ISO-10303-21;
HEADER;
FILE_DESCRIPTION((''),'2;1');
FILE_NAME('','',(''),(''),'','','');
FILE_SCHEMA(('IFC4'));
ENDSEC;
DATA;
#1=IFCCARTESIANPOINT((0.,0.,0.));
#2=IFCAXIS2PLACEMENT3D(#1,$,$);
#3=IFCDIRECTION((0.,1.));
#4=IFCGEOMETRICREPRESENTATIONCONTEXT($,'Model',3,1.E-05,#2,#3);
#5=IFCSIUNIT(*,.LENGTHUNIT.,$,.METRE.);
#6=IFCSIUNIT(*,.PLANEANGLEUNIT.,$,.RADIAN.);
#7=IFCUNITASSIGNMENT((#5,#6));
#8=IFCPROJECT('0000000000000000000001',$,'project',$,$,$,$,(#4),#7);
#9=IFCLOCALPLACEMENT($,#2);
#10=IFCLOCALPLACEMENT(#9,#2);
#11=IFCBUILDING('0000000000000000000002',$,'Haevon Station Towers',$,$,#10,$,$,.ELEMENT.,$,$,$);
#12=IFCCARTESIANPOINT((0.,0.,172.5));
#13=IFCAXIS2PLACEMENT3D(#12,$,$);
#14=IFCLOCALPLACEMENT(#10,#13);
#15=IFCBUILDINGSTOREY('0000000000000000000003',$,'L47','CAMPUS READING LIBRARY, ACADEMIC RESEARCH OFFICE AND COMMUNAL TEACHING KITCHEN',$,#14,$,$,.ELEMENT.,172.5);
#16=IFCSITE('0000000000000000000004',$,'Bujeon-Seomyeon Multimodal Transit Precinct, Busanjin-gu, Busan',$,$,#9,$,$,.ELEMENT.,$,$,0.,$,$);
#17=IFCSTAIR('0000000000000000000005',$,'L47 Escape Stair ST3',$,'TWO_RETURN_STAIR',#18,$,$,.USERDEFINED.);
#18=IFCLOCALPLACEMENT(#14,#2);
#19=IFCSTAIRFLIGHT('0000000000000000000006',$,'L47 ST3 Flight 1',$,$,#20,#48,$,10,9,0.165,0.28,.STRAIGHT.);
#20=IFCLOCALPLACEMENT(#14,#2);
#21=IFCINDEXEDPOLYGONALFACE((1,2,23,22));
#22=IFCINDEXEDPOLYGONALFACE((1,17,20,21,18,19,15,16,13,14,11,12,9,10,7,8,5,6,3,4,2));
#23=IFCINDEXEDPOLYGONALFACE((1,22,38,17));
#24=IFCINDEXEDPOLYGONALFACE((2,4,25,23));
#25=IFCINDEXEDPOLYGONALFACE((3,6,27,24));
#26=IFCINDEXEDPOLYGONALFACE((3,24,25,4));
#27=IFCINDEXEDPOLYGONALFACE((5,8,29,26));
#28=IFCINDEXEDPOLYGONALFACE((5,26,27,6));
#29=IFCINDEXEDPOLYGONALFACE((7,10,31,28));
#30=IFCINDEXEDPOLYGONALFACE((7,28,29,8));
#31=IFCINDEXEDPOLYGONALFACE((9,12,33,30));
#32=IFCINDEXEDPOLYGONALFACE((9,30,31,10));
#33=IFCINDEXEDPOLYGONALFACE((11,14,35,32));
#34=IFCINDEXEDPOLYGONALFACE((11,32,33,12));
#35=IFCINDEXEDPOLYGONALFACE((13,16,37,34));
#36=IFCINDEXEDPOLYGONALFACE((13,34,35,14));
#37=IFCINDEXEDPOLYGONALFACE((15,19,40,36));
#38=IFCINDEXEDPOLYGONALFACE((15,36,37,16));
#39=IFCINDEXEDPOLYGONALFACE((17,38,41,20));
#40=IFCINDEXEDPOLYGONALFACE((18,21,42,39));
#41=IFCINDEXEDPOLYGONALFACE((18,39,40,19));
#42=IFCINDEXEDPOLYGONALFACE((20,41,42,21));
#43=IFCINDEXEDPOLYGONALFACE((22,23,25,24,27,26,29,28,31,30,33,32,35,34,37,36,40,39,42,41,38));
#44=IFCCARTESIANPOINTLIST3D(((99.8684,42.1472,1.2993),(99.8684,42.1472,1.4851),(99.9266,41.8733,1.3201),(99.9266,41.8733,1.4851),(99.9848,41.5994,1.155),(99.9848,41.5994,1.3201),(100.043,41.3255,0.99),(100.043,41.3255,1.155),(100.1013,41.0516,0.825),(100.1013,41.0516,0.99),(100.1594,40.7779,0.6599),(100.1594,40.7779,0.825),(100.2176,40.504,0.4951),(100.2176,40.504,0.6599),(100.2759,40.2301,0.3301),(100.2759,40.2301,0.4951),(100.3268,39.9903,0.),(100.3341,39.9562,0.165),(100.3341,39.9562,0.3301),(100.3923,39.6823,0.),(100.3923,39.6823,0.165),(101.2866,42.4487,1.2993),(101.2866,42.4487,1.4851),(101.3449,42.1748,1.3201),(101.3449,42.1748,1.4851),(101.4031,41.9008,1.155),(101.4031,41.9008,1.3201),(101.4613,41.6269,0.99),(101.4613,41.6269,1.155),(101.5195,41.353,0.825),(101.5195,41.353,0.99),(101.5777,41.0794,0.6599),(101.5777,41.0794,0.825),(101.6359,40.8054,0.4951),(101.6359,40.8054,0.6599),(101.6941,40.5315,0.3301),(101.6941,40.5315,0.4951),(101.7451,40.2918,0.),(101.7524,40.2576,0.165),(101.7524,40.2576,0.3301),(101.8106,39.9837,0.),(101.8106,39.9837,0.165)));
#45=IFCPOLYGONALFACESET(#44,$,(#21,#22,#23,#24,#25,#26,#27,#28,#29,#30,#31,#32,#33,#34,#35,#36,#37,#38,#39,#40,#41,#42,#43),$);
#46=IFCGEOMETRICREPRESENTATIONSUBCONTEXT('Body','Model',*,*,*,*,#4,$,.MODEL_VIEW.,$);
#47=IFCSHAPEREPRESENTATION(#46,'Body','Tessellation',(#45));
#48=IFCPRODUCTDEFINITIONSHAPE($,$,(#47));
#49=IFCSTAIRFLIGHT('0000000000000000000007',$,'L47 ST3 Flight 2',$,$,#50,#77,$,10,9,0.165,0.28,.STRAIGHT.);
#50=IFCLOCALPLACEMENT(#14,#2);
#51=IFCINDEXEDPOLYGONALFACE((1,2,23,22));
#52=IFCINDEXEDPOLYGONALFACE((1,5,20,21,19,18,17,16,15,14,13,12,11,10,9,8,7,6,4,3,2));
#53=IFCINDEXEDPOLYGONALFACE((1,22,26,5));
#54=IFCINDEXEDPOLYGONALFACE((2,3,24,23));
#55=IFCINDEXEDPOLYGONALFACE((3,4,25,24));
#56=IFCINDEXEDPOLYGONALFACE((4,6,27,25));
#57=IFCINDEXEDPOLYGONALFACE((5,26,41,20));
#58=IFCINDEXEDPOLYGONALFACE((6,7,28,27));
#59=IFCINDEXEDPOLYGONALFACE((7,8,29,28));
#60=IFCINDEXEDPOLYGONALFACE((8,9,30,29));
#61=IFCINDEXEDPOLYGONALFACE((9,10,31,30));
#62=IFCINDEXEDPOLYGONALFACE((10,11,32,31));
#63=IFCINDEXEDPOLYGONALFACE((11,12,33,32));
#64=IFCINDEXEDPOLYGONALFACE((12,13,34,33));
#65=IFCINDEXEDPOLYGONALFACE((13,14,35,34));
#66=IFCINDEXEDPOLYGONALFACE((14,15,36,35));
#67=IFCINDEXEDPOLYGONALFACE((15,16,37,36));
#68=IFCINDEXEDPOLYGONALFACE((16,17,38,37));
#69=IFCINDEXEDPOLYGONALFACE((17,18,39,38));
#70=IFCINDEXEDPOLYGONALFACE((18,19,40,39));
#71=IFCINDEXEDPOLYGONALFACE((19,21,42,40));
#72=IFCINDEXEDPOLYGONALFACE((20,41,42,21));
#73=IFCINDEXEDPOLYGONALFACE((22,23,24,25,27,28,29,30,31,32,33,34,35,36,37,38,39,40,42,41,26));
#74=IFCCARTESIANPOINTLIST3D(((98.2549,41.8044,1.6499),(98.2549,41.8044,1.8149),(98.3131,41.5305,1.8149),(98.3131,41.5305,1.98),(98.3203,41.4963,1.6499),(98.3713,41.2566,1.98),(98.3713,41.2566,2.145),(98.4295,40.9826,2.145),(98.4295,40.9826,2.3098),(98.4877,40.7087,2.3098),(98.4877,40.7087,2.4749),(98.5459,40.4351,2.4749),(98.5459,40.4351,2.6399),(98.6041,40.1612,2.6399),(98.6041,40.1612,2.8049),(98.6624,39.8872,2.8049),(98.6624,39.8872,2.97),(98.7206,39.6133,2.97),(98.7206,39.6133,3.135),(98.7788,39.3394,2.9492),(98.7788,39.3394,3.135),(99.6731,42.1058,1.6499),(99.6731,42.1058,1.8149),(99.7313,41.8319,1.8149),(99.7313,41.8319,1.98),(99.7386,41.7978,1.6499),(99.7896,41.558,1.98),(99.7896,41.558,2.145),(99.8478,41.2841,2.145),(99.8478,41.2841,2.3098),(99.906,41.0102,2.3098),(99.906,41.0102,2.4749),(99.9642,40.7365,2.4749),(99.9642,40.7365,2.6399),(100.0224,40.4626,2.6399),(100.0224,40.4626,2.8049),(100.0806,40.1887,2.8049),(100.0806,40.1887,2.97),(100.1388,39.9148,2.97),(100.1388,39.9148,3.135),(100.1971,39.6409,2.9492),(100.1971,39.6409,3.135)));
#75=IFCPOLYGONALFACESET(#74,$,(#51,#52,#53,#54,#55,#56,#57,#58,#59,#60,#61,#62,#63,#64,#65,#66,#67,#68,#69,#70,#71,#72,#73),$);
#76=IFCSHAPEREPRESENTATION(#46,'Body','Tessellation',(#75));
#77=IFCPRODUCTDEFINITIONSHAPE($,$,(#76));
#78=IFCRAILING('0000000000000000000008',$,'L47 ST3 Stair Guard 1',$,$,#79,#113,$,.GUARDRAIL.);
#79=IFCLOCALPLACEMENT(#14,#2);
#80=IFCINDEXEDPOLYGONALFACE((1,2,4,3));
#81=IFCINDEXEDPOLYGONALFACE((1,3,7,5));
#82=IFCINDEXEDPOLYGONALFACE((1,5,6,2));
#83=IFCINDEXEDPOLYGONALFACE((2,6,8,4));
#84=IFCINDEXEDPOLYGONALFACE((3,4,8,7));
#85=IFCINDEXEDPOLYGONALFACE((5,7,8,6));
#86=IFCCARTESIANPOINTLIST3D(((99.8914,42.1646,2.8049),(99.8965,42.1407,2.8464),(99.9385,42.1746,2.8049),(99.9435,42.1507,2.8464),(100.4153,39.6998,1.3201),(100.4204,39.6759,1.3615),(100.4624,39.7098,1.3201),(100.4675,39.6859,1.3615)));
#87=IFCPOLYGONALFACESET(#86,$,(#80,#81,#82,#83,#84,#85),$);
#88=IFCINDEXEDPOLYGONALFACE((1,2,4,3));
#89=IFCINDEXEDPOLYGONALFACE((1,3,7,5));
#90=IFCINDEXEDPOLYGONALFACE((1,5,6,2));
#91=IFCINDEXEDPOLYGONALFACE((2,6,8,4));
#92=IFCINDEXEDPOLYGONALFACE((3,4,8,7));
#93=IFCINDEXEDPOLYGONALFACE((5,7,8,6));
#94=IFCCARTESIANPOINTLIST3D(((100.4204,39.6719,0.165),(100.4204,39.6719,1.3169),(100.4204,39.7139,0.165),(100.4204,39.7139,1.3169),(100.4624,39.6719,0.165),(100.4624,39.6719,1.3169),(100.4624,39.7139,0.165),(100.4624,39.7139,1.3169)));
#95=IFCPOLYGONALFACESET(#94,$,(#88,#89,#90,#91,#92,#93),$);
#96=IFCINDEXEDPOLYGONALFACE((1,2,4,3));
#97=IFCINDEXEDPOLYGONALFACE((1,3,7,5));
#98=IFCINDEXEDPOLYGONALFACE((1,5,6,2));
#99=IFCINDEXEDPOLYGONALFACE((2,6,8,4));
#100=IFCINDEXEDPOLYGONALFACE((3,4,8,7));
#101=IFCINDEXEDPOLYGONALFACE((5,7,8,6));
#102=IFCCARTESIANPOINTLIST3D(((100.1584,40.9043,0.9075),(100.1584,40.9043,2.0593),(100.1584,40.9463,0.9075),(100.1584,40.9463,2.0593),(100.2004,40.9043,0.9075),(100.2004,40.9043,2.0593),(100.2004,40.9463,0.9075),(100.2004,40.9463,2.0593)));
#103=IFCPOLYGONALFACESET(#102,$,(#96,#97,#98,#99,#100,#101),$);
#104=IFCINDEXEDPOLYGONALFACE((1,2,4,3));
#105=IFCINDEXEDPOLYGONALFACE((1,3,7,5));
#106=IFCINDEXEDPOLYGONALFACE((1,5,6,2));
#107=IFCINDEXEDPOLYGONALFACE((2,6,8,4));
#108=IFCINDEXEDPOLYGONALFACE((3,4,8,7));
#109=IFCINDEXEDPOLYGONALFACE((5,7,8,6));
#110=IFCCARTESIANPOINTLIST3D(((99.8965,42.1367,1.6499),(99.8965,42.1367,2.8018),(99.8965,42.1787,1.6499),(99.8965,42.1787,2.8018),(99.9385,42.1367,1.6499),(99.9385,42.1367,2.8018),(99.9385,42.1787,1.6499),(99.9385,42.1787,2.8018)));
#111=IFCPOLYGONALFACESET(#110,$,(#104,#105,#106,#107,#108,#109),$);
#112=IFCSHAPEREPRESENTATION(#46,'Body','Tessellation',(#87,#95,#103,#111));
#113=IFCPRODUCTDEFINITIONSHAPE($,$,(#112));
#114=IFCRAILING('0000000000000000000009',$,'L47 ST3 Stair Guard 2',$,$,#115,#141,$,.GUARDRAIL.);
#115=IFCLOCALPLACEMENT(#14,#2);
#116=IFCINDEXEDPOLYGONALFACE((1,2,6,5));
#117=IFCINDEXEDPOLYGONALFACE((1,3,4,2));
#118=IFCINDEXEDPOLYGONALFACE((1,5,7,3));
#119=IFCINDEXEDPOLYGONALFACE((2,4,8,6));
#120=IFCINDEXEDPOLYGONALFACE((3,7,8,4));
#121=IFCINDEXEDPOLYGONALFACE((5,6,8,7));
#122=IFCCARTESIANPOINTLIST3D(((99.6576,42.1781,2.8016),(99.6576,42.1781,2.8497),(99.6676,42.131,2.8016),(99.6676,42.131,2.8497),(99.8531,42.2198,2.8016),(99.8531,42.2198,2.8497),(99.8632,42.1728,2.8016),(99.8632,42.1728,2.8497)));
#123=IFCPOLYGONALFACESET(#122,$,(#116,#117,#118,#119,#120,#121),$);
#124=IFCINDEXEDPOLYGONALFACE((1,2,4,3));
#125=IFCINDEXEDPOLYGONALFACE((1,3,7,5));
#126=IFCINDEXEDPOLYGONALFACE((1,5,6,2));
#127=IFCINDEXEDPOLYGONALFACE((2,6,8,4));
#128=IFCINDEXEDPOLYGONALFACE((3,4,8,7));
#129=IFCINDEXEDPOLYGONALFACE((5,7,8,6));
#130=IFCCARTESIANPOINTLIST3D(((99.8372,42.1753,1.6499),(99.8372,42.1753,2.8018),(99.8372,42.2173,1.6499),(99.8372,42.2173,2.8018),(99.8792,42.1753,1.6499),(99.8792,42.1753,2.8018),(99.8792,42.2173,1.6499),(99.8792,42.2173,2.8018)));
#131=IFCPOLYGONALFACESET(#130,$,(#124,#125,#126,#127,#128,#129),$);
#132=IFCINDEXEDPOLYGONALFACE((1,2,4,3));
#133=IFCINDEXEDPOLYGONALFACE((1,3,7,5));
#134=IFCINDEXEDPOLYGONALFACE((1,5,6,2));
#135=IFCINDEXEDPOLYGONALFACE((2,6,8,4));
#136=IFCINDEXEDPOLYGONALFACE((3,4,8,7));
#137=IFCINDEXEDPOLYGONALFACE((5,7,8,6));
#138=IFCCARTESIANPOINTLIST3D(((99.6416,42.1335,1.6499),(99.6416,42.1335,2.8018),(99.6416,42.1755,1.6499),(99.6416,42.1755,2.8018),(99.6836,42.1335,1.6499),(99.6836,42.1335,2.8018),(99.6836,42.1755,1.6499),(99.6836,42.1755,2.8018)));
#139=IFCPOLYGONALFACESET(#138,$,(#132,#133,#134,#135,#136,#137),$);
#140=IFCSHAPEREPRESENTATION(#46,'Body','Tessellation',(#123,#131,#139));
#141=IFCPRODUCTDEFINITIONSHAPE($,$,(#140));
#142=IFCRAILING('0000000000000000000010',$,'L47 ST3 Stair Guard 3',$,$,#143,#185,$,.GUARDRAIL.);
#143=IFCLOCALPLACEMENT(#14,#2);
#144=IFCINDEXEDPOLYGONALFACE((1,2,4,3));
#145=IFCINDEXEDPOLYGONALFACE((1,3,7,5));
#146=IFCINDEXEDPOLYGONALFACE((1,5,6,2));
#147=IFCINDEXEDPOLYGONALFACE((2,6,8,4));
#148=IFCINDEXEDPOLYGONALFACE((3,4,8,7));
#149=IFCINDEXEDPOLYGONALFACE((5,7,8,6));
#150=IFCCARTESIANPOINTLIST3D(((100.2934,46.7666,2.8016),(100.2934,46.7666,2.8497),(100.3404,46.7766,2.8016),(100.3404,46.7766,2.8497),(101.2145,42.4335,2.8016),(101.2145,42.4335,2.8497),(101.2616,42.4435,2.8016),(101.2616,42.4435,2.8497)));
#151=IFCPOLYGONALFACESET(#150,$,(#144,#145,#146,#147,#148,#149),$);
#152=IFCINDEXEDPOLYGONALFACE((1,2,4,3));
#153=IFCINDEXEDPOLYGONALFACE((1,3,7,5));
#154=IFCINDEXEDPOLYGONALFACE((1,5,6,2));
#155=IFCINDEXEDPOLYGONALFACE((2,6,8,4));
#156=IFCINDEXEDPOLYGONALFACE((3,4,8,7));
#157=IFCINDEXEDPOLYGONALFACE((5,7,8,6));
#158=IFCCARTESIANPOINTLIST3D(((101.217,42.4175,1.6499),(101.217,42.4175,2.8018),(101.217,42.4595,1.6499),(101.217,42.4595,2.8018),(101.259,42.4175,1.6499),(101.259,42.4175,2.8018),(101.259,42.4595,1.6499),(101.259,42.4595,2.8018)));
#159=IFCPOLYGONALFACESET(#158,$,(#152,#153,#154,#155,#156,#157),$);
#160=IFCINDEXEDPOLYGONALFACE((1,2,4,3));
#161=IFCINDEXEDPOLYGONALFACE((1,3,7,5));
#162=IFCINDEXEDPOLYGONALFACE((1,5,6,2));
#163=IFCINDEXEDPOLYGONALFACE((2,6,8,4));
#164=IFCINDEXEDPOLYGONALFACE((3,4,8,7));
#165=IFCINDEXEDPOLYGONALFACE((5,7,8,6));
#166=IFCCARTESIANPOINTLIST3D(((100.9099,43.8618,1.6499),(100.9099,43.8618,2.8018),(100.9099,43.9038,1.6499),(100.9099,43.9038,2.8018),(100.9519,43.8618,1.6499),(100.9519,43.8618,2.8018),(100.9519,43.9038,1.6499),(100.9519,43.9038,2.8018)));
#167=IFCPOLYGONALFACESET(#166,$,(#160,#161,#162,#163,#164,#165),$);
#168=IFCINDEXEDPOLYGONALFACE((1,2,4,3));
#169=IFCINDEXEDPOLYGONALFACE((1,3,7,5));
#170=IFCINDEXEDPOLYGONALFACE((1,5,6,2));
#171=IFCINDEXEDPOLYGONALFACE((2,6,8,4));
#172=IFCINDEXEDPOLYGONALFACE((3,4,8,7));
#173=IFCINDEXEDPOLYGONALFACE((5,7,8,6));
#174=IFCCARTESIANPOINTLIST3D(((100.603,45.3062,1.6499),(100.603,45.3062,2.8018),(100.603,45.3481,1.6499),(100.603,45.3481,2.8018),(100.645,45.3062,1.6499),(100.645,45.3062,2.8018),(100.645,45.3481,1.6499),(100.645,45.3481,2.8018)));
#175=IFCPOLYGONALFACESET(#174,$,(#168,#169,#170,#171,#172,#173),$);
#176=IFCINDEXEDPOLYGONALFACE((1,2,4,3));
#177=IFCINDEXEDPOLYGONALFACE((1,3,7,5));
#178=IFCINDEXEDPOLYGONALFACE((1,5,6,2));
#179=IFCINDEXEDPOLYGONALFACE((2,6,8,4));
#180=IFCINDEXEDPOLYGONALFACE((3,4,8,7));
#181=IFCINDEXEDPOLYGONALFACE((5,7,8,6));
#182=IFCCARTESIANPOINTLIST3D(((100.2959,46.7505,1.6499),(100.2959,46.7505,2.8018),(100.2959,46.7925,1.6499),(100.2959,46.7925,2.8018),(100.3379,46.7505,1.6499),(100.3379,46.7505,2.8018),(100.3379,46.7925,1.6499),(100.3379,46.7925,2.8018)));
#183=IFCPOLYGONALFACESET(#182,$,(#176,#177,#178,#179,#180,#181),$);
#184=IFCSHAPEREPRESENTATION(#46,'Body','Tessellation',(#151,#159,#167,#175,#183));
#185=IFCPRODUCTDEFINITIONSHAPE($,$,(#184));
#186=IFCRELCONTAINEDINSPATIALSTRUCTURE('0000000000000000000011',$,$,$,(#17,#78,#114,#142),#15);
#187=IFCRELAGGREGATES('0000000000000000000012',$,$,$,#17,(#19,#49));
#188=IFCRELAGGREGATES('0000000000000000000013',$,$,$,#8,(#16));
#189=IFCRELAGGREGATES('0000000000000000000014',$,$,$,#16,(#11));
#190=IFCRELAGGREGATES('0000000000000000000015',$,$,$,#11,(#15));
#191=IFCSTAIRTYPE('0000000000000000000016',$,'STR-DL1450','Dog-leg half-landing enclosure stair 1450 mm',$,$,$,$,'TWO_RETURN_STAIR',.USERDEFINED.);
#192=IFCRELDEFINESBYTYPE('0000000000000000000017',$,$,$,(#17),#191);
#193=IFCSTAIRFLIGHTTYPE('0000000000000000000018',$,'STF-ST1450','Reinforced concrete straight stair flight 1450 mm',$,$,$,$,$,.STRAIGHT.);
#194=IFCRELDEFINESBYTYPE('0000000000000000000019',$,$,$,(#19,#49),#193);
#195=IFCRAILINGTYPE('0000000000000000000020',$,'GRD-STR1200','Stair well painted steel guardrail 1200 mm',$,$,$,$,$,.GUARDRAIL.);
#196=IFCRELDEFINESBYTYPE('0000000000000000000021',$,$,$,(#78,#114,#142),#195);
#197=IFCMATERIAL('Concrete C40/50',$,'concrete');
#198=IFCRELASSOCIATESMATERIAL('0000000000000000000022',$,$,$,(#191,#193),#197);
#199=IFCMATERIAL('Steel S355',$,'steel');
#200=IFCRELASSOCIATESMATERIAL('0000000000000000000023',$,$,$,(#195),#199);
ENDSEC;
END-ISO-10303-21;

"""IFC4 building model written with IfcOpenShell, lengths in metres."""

from ifc_helpers import new_model, si_unit, direction, frame, origin, origin_2d, place, context, subcontext, project, spatial, polyline, rectangle, outline, extrude, material, type_object, element, aggregate, save


model = new_model("IFC4")

# Units and contexts
model_context = context("Model", 3, precision=1e-05, world=origin(), true_north=direction((0.0, 1.0)))
body_context = subcontext(model_context, "Body", "Model", "MODEL_VIEW")
ifc_project = project(units=[si_unit("LENGTHUNIT", "METRE"), si_unit("PLANEANGLEUNIT", "RADIAN")], contexts=[model_context])

# Site, building, storey
site_placement = place(None, origin())
site = spatial("IfcSite", under=ifc_project, at=site_placement, Name="Bujeon-Seomyeon Multimodal Transit Precinct, Busanjin-gu, Busan", CompositionType="ELEMENT", RefElevation=0.0)
building_placement = place(site_placement, origin())
building = spatial("IfcBuilding", under=site, at=building_placement, Name="Haevon Station Towers", CompositionType="ELEMENT")
storey_placement = place(building_placement, frame((0.0, 0.0, 172.5)))
storey = spatial("IfcBuildingStorey", under=building, at=storey_placement, Name="L47", Description="CAMPUS READING LIBRARY, ACADEMIC RESEARCH OFFICE AND COMMUNAL TEACHING KITCHEN", CompositionType="ELEMENT", Elevation=172.5)

# Shared definitions
ifc_material_1 = material(Name="Steel S355", Category="steel")

# Shared definitions
ifc_material_2 = material(Name="Concrete C40/50", Category="concrete")

# Stair, stair flights
stair_type = type_object("IfcStairType", Name="STR-DL1450", Description="Dog-leg half-landing enclosure stair 1450 mm", ElementType="TWO_RETURN_STAIR", PredefinedType="USERDEFINED", material=ifc_material_2)
stair_placement = place(storey_placement, origin())
stair = element("IfcStair", 1, at=stair_placement, inside=storey, type_object=stair_type, Name="L47 Escape Stair ST3", ObjectType="TWO_RETURN_STAIR", PredefinedType="USERDEFINED")
stair_flight_type = type_object("IfcStairFlightType", Name="STF-ST1450", Description="Reinforced concrete straight stair flight 1450 mm", PredefinedType="STRAIGHT", material=ifc_material_2)
stair_flight_1_placement = place(storey_placement, frame((101.1016, 39.833, 0.0), z_axis=(0.0, 0.0, 1.0), x_axis=(-0.207912, 0.978148, 0.0)))
stair_flight_1 = element("IfcStairFlight", 2, at=stair_flight_1_placement, type_object=stair_flight_type, Name="L47 ST3 Flight 1", NumberOfRisers=10, NumberOfTreads=9, PredefinedType="STRAIGHT", RiserHeight=0.165, TreadLength=0.28, context=body_context, shape_type="SweptSolid", body=[
    extrude(outline(polyline([(0.0, 0.0), (0.0, 0.165), (0.28, 0.165), (0.28, 0.3301), (0.5601, 0.3301), (0.5601, 0.4951), (0.8401, 0.4951), (0.8401, 0.6599), (1.1201, 0.6599), (1.1201, 0.825), (1.3999, 0.825), (1.3999, 0.99), (1.6799, 0.99), (1.6799, 1.155), (1.96, 1.155), (1.96, 1.3201), (2.24, 1.3201), (2.24, 1.4851), (2.52, 1.4851), (2.52, 1.6499), (2.52, 1.2993), (0.3149, 0.0), (0.0, 0.0)])), frame((0.0, 0.7251, 0.0), z_axis=(0.0, -1.0, 0.0), x_axis=(1.0, 0.0, 0.0)), (0.0, 0.0, 1.0), 1.45),
])
stair_flight_2_placement = place(storey_placement, frame((98.9639, 41.9551, 1.6499), z_axis=(0.0, 0.0, 1.0), x_axis=(0.207912, -0.978148, 0.0)))
stair_flight_2 = element("IfcStairFlight", 3, at=stair_flight_2_placement, type_object=stair_flight_type, Name="L47 ST3 Flight 2", NumberOfRisers=10, NumberOfTreads=9, PredefinedType="STRAIGHT", RiserHeight=0.165, TreadLength=0.28, context=body_context, shape_type="SweptSolid", body=[
    extrude(outline(polyline([(0.0, 0.0), (0.0, 0.165), (0.28, 0.165), (0.28, 0.3301), (0.5601, 0.3301), (0.5601, 0.4951), (0.8401, 0.4951), (0.8401, 0.6599), (1.1201, 0.6599), (1.1201, 0.825), (1.3999, 0.825), (1.3999, 0.99), (1.6799, 0.99), (1.6799, 1.155), (1.96, 1.155), (1.96, 1.3201), (2.24, 1.3201), (2.24, 1.4851), (2.52, 1.4851), (2.52, 1.6499), (2.52, 1.2993), (0.3149, 0.0), (0.0, 0.0)])), frame((0.0, 0.7251, 0.0), z_axis=(0.0, -1.0, 0.0), x_axis=(1.0, 0.0, 0.0)), (0.0, 0.0, 1.0), 1.45),
])
aggregate(stair, [stair_flight_1, stair_flight_2])

# Railings
railing_type_1 = type_object("IfcRailingType", Name="GRD-STR1200", Description="Stair well painted steel guardrail 1200 mm", PredefinedType="GUARDRAIL", material=ifc_material_1)
railing_1_placement = place(storey_placement, frame((100.4414, 39.6929, 0.165)))
element("IfcRailing", 4, at=railing_1_placement, inside=storey, type_object=railing_type_1, Name="L47 ST3 Stair Guard 1", PredefinedType="GUARDRAIL", context=body_context, shape_type="SweptSolid", body=[
    extrude(rectangle(XDim=0.0481, YDim=0.0481, at=origin_2d()), frame((0.0, 0.0, 1.1758), z_axis=(-0.179129, 0.842724, 0.507671), x_axis=(-0.978147, -0.207914, 0.0)), (0.0, 0.0, 1.0), 2.9248),
    extrude(rectangle(XDim=0.042, YDim=0.042, at=origin_2d()), origin(), (0.0, 0.0, 1.0), 1.1519),
    extrude(rectangle(XDim=0.042, YDim=0.042, at=origin_2d()), frame((-0.262, 1.2324, 0.7424)), (0.0, 0.0, 1.0), 1.1519),
    extrude(rectangle(XDim=0.042, YDim=0.042, at=origin_2d()), frame((-0.5239, 2.4648, 1.4849)), (0.0, 0.0, 1.0), 1.1519),
])
railing_2_placement = place(storey_placement, frame((99.8582, 42.1963, 1.6499)))
element("IfcRailing", 5, at=railing_2_placement, inside=storey, type_object=railing_type_1, Name="L47 ST3 Stair Guard 2", PredefinedType="GUARDRAIL", context=body_context, shape_type="SweptSolid", body=[
    extrude(rectangle(XDim=0.0481, YDim=0.0481, at=origin_2d()), frame((0.0, 0.0, 1.1758), z_axis=(-0.977963, -0.208779, 0.0), x_axis=(0.208779, -0.977963, 0.0)), (0.0, 0.0, 1.0), 0.2),
    extrude(rectangle(XDim=0.042, YDim=0.042, at=origin_2d()), origin(), (0.0, 0.0, 1.0), 1.1519),
    extrude(rectangle(XDim=0.042, YDim=0.042, at=origin_2d()), frame((-0.1956, -0.0417, 0.0)), (0.0, 0.0, 1.0), 1.1519),
])
railing_3_placement = place(storey_placement, frame((101.238, 42.4385, 1.6499)))
element("IfcRailing", 6, at=railing_3_placement, inside=storey, type_object=railing_type_1, Name="L47 ST3 Stair Guard 3", PredefinedType="GUARDRAIL", context=body_context, shape_type="SweptSolid", body=[
    extrude(rectangle(XDim=0.0481, YDim=0.0481, at=origin_2d()), frame((0.0, 0.0, 1.1758), z_axis=(-0.20794, 0.978141, 0.0), x_axis=(-0.978141, -0.20794, 0.0)), (0.0, 0.0, 1.0), 4.4299),
    extrude(rectangle(XDim=0.042, YDim=0.042, at=origin_2d()), origin(), (0.0, 0.0, 1.0), 1.1519),
    extrude(rectangle(XDim=0.042, YDim=0.042, at=origin_2d()), frame((-0.3071, 1.4443, 0.0)), (0.0, 0.0, 1.0), 1.1519),
    extrude(rectangle(XDim=0.042, YDim=0.042, at=origin_2d()), frame((-0.614, 2.8887, 0.0)), (0.0, 0.0, 1.0), 1.1519),
    extrude(rectangle(XDim=0.042, YDim=0.042, at=origin_2d()), frame((-0.9211, 4.333, 0.0)), (0.0, 0.0, 1.0), 1.1519),
])

save(model, "model.ifc")
